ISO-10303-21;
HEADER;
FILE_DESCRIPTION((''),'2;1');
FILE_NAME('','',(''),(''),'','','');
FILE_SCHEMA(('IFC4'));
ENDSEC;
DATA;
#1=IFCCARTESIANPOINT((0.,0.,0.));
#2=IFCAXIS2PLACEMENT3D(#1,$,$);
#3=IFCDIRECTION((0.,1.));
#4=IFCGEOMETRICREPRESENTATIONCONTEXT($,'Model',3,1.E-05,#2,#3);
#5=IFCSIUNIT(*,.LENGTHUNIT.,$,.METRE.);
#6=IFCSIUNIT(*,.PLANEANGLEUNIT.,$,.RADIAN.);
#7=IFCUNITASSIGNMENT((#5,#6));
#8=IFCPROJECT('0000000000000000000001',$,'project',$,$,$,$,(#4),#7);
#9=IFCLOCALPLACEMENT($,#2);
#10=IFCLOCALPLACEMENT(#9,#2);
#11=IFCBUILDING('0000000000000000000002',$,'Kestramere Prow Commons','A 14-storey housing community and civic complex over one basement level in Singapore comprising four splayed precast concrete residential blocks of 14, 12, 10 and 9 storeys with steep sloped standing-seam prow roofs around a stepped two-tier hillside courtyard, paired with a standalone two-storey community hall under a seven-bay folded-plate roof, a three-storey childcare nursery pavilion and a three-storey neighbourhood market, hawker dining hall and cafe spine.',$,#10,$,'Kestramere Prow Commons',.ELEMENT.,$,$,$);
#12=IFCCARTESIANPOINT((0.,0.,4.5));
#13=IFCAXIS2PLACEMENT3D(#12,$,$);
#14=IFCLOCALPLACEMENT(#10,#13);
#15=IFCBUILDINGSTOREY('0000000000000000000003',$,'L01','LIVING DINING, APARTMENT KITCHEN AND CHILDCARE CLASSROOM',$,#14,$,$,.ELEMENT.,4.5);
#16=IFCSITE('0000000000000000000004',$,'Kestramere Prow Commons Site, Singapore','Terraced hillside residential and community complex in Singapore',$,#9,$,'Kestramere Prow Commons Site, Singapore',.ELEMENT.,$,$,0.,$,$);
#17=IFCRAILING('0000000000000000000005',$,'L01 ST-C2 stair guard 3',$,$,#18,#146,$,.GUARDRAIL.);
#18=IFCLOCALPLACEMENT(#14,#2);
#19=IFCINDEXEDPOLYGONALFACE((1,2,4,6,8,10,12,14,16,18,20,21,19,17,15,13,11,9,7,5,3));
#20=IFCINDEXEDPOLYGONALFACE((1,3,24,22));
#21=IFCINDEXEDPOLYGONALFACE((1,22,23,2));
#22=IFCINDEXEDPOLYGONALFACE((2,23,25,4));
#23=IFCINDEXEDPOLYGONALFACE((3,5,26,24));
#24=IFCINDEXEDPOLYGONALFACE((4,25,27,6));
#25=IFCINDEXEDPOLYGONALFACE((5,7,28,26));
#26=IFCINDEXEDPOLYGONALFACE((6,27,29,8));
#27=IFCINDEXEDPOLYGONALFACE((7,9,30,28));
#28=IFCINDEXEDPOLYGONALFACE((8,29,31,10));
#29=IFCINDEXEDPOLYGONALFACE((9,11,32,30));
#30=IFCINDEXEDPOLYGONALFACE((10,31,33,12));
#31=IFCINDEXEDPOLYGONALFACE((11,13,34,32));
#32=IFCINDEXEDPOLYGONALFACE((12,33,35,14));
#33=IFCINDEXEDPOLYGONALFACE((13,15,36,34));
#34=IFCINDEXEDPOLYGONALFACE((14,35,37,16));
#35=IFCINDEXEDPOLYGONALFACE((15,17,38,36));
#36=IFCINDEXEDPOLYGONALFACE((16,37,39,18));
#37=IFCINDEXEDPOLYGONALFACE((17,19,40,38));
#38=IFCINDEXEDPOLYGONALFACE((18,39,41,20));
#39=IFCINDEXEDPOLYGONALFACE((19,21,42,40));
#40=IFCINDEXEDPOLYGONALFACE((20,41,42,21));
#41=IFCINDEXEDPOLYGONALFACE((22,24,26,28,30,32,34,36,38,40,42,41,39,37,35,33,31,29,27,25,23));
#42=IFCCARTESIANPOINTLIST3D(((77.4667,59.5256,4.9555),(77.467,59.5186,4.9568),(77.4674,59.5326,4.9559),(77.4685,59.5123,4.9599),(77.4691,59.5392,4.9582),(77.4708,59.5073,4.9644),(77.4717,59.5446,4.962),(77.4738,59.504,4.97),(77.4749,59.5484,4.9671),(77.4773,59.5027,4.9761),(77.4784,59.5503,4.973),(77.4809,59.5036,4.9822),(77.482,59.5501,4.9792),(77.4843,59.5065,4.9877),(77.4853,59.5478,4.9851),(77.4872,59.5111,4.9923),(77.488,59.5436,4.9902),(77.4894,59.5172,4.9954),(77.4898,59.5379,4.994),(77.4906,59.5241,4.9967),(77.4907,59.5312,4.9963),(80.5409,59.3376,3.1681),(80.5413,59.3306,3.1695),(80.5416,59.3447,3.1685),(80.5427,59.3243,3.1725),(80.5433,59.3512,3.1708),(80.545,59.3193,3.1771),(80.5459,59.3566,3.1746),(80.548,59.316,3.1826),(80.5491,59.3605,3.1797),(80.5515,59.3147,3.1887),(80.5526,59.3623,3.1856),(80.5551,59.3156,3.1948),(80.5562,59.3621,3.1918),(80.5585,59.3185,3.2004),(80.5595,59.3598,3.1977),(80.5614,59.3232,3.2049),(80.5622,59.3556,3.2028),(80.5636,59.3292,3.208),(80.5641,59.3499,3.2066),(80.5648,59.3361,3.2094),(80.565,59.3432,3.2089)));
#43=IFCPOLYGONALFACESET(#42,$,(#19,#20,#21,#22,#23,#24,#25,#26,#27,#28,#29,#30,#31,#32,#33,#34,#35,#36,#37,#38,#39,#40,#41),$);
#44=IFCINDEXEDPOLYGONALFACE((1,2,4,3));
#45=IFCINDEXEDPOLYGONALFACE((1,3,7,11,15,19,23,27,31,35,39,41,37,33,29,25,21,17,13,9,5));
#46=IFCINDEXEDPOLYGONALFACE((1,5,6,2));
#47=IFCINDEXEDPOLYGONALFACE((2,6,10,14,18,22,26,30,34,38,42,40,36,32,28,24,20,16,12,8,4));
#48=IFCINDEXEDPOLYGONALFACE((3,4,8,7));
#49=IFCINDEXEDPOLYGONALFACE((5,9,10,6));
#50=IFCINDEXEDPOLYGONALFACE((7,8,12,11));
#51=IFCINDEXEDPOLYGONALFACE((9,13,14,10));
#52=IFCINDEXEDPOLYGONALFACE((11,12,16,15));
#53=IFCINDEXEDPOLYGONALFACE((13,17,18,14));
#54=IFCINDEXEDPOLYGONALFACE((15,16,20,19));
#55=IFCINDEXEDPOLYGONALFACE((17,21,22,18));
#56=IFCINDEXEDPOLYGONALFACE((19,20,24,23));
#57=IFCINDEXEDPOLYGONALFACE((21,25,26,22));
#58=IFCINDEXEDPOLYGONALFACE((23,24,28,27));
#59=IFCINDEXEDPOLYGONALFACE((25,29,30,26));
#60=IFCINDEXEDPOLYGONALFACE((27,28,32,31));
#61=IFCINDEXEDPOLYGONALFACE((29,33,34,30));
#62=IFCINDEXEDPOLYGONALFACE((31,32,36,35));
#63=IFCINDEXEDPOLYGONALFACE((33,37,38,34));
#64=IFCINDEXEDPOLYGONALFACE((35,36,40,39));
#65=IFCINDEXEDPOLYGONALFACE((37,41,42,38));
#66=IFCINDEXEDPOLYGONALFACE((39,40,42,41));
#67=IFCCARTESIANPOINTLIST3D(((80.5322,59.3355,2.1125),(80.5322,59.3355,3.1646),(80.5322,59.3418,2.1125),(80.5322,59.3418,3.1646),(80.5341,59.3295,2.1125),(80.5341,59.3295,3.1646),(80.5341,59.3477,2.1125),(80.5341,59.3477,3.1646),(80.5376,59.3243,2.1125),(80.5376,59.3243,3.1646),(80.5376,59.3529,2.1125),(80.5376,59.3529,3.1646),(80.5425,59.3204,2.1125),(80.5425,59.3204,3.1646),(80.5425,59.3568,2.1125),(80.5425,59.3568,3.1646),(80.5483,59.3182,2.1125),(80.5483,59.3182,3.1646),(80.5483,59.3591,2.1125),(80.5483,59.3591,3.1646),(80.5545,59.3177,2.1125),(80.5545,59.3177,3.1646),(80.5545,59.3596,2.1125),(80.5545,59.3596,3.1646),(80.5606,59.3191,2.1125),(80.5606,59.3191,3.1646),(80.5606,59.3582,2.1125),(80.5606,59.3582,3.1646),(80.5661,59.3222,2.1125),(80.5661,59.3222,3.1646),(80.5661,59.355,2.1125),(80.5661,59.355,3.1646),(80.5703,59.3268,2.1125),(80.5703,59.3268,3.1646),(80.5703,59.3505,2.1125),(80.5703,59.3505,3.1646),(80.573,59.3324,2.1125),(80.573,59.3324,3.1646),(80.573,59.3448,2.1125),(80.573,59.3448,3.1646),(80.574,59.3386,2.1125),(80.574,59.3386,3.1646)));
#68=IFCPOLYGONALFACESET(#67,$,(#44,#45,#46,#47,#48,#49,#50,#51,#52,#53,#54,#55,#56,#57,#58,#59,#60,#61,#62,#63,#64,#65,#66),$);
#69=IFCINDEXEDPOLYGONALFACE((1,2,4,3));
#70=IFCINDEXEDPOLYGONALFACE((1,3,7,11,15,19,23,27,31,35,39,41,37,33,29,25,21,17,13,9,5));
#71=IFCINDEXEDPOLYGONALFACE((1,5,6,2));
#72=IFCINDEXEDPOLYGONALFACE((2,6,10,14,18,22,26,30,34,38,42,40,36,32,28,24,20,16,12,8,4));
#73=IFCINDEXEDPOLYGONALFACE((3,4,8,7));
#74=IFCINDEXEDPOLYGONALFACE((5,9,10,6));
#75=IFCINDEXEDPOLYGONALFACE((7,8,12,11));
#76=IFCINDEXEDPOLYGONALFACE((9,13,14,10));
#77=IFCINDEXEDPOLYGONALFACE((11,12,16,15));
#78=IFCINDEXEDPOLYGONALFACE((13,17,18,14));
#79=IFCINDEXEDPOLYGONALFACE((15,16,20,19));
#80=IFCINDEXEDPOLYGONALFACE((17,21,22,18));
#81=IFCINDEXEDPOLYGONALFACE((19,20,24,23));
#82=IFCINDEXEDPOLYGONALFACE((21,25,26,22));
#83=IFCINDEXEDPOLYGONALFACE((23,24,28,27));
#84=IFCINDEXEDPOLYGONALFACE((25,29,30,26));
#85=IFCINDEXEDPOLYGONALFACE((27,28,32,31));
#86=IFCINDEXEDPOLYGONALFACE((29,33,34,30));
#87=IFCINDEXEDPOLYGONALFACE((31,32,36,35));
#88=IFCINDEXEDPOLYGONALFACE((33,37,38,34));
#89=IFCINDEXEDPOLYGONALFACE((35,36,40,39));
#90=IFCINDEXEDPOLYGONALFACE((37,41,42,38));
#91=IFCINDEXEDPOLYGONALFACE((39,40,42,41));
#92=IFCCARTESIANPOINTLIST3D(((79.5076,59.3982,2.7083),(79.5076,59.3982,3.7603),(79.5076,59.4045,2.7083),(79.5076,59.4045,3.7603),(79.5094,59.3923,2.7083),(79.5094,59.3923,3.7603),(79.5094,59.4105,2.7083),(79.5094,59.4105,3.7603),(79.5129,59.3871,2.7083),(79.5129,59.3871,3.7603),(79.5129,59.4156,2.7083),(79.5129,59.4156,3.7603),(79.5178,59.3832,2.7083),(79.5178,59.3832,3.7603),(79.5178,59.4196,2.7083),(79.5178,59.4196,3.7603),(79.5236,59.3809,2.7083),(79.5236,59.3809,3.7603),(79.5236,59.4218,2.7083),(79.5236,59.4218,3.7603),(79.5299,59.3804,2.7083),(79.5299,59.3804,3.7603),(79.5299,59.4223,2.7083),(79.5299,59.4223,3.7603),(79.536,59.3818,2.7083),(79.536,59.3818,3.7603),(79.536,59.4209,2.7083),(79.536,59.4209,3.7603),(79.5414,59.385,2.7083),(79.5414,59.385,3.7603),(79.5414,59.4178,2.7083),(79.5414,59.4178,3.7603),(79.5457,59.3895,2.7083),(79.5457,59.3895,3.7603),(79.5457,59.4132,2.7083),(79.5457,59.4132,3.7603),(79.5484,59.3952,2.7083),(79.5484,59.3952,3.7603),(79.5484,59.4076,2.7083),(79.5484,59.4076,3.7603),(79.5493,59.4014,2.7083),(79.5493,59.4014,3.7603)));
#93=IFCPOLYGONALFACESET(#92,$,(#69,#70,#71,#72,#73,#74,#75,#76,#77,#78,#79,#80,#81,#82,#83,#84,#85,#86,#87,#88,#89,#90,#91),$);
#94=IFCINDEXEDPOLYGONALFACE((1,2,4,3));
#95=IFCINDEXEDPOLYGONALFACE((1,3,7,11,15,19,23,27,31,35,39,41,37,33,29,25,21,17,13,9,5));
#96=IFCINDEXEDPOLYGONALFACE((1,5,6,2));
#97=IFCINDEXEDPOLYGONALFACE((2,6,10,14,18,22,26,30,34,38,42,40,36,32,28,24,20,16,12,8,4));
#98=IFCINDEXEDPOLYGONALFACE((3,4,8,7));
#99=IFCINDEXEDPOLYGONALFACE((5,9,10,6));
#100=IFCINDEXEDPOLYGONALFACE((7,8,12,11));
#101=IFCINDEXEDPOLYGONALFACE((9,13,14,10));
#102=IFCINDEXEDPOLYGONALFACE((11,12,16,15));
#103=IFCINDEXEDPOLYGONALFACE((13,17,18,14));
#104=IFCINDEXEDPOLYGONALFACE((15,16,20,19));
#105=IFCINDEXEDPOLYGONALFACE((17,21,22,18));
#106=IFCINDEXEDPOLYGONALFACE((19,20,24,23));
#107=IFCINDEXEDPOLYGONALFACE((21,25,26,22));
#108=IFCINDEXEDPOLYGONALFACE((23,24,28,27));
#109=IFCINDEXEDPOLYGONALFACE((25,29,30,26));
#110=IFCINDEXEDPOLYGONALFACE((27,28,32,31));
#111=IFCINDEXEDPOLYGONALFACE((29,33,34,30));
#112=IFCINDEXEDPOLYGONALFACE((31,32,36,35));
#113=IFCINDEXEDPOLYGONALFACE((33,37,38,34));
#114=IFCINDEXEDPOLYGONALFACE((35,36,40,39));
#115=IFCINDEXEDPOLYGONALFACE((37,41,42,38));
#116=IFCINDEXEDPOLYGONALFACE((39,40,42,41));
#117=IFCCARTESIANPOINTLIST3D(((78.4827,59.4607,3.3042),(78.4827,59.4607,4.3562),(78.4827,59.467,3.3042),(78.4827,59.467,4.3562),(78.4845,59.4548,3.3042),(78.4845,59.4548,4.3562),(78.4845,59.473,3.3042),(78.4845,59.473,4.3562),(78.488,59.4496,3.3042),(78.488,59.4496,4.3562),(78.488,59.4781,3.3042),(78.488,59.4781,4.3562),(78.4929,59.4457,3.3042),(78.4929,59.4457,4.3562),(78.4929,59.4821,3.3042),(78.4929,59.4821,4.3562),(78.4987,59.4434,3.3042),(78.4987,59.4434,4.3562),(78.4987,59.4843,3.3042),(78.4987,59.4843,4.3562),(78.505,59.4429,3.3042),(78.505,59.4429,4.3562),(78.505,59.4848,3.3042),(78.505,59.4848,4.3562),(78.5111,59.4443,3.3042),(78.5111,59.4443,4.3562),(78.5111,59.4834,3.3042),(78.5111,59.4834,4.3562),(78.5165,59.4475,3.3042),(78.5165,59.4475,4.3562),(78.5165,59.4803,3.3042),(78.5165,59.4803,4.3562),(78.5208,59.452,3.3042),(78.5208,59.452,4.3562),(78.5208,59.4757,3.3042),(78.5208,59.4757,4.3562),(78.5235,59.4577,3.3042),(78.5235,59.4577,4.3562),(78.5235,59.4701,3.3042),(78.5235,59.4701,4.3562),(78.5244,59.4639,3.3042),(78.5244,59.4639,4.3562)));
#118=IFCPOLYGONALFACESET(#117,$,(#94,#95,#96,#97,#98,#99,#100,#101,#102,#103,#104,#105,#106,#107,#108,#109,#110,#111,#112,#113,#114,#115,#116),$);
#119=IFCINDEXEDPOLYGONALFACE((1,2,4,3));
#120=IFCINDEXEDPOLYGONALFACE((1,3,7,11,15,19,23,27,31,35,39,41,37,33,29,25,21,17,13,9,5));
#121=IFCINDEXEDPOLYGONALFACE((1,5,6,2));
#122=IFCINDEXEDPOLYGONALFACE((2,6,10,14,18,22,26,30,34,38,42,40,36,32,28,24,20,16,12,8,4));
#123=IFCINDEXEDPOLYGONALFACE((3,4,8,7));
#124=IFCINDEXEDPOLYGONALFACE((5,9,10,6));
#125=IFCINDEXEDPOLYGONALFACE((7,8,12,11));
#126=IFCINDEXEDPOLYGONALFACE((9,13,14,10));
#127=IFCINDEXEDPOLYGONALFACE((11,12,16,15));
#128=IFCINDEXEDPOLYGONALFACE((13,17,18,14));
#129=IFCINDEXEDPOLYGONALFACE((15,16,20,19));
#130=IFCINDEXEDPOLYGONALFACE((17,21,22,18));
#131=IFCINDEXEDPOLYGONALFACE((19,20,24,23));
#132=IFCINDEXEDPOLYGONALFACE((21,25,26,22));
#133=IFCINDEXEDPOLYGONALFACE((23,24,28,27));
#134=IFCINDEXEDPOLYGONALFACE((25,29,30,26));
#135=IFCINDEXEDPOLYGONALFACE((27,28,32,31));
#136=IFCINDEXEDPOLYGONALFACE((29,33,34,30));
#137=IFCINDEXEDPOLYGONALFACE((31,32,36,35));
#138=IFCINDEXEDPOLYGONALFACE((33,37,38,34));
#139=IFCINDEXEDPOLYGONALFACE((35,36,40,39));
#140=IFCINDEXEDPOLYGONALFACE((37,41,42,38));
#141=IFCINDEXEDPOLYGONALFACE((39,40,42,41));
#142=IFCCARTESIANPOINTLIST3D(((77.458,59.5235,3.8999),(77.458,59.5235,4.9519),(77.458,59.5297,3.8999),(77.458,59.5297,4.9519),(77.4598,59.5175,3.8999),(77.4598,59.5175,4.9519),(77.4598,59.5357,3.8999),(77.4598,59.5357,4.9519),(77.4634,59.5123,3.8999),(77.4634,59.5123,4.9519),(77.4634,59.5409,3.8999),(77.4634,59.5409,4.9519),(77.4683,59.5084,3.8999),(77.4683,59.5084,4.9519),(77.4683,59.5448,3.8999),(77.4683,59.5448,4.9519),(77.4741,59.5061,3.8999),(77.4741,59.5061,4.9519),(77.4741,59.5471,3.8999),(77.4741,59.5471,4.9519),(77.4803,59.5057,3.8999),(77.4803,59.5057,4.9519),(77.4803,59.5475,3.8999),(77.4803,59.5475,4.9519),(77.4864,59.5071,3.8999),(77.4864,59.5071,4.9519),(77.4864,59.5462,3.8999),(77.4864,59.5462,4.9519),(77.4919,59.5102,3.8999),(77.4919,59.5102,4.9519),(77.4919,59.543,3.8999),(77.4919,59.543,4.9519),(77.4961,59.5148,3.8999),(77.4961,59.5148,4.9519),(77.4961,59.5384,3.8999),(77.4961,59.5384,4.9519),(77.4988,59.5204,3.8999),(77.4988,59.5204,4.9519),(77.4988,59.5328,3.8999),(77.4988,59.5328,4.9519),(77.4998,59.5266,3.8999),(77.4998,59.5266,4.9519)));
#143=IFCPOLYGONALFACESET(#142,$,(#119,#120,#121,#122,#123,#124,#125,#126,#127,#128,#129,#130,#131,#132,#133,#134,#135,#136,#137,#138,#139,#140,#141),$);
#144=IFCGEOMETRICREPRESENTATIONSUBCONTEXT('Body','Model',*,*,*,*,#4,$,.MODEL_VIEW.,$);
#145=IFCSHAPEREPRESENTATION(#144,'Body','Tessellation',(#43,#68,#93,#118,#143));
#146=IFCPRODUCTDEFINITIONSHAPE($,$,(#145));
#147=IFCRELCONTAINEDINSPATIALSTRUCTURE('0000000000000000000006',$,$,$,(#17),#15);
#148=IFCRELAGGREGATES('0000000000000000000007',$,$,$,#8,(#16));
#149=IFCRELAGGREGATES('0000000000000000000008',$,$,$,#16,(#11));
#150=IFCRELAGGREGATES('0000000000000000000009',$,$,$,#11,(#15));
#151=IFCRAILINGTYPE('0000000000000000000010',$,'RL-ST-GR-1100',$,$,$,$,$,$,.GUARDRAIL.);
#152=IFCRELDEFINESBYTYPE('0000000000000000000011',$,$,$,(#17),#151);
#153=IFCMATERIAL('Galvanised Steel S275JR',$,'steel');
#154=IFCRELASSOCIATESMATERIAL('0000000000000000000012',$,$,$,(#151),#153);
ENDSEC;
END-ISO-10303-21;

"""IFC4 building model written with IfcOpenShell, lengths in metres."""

from ifc_helpers import new_model, si_unit, direction, frame, origin, origin_2d, place, context, subcontext, project, spatial, circle, extrude, material, type_object, element, save


model = new_model("IFC4")

# Units and contexts
model_context = context("Model", 3, precision=1e-05, world=origin(), true_north=direction((0.0, 1.0)))
body_context = subcontext(model_context, "Body", "Model", "MODEL_VIEW")
ifc_project = project(units=[si_unit("LENGTHUNIT", "METRE"), si_unit("PLANEANGLEUNIT", "RADIAN")], contexts=[model_context])

# Site, building, storey
site_placement = place(None, origin())
site = spatial("IfcSite", under=ifc_project, at=site_placement, Name="Kestramere Prow Commons Site, Singapore", Description="Terraced hillside residential and community complex in Singapore", LongName="Kestramere Prow Commons Site, Singapore", CompositionType="ELEMENT", RefElevation=0.0)
building_placement = place(site_placement, origin())
building = spatial("IfcBuilding", under=site, at=building_placement, Name="Kestramere Prow Commons", Description="A 14-storey housing community and civic complex over one basement level in Singapore comprising four splayed precast concrete residential blocks of 14, 12, 10 and 9 storeys with steep sloped standing-seam prow roofs around a stepped two-tier hillside courtyard, paired with a standalone two-storey community hall under a seven-bay folded-plate roof, a three-storey childcare nursery pavilion and a three-storey neighbourhood market, hawker dining hall and cafe spine.", LongName="Kestramere Prow Commons", CompositionType="ELEMENT")
storey_placement = place(building_placement, frame((0.0, 0.0, 4.5)))
storey = spatial("IfcBuildingStorey", under=building, at=storey_placement, Name="L01", Description="LIVING DINING, APARTMENT KITCHEN AND CHILDCARE CLASSROOM", CompositionType="ELEMENT", Elevation=4.5)

# Railing
ifc_material_1 = material(Name="Galvanised Steel S275JR", Category="steel")
railing_type_1 = type_object("IfcRailingType", Name="RL-ST-GR-1100", PredefinedType="GUARDRAIL", material=ifc_material_1)
railing_1_placement = place(storey_placement, frame((80.553, 59.3386, 2.1125)))
element("IfcRailing", 1, at=railing_1_placement, inside=storey, type_object=railing_type_1, Name="L01 ST-C2 stair guard 3", PredefinedType="GUARDRAIL", context=body_context, shape_type="SweptSolid", body=[
    extrude(circle(Radius=0.0239, at=origin_2d()), frame((0.0, 0.0, 1.0762), z_axis=(-0.8633, 0.052791, 0.501923), x_axis=(-0.061036, -0.998136, 0.0)), (0.0, 0.0, 1.0), 3.561),
    extrude(circle(Radius=0.021, at=origin_2d()), origin(), (0.0, 0.0, 1.0), 1.052),
    extrude(circle(Radius=0.021, at=origin_2d()), frame((-1.0247, 0.0627, 0.5957)), (0.0, 0.0, 1.0), 1.052),
    extrude(circle(Radius=0.021, at=origin_2d()), frame((-2.0496, 0.1252, 1.1917)), (0.0, 0.0, 1.0), 1.052),
    extrude(circle(Radius=0.021, at=origin_2d()), frame((-3.0742, 0.188, 1.7874)), (0.0, 0.0, 1.0), 1.052),
])

save(model, "model.ifc")
